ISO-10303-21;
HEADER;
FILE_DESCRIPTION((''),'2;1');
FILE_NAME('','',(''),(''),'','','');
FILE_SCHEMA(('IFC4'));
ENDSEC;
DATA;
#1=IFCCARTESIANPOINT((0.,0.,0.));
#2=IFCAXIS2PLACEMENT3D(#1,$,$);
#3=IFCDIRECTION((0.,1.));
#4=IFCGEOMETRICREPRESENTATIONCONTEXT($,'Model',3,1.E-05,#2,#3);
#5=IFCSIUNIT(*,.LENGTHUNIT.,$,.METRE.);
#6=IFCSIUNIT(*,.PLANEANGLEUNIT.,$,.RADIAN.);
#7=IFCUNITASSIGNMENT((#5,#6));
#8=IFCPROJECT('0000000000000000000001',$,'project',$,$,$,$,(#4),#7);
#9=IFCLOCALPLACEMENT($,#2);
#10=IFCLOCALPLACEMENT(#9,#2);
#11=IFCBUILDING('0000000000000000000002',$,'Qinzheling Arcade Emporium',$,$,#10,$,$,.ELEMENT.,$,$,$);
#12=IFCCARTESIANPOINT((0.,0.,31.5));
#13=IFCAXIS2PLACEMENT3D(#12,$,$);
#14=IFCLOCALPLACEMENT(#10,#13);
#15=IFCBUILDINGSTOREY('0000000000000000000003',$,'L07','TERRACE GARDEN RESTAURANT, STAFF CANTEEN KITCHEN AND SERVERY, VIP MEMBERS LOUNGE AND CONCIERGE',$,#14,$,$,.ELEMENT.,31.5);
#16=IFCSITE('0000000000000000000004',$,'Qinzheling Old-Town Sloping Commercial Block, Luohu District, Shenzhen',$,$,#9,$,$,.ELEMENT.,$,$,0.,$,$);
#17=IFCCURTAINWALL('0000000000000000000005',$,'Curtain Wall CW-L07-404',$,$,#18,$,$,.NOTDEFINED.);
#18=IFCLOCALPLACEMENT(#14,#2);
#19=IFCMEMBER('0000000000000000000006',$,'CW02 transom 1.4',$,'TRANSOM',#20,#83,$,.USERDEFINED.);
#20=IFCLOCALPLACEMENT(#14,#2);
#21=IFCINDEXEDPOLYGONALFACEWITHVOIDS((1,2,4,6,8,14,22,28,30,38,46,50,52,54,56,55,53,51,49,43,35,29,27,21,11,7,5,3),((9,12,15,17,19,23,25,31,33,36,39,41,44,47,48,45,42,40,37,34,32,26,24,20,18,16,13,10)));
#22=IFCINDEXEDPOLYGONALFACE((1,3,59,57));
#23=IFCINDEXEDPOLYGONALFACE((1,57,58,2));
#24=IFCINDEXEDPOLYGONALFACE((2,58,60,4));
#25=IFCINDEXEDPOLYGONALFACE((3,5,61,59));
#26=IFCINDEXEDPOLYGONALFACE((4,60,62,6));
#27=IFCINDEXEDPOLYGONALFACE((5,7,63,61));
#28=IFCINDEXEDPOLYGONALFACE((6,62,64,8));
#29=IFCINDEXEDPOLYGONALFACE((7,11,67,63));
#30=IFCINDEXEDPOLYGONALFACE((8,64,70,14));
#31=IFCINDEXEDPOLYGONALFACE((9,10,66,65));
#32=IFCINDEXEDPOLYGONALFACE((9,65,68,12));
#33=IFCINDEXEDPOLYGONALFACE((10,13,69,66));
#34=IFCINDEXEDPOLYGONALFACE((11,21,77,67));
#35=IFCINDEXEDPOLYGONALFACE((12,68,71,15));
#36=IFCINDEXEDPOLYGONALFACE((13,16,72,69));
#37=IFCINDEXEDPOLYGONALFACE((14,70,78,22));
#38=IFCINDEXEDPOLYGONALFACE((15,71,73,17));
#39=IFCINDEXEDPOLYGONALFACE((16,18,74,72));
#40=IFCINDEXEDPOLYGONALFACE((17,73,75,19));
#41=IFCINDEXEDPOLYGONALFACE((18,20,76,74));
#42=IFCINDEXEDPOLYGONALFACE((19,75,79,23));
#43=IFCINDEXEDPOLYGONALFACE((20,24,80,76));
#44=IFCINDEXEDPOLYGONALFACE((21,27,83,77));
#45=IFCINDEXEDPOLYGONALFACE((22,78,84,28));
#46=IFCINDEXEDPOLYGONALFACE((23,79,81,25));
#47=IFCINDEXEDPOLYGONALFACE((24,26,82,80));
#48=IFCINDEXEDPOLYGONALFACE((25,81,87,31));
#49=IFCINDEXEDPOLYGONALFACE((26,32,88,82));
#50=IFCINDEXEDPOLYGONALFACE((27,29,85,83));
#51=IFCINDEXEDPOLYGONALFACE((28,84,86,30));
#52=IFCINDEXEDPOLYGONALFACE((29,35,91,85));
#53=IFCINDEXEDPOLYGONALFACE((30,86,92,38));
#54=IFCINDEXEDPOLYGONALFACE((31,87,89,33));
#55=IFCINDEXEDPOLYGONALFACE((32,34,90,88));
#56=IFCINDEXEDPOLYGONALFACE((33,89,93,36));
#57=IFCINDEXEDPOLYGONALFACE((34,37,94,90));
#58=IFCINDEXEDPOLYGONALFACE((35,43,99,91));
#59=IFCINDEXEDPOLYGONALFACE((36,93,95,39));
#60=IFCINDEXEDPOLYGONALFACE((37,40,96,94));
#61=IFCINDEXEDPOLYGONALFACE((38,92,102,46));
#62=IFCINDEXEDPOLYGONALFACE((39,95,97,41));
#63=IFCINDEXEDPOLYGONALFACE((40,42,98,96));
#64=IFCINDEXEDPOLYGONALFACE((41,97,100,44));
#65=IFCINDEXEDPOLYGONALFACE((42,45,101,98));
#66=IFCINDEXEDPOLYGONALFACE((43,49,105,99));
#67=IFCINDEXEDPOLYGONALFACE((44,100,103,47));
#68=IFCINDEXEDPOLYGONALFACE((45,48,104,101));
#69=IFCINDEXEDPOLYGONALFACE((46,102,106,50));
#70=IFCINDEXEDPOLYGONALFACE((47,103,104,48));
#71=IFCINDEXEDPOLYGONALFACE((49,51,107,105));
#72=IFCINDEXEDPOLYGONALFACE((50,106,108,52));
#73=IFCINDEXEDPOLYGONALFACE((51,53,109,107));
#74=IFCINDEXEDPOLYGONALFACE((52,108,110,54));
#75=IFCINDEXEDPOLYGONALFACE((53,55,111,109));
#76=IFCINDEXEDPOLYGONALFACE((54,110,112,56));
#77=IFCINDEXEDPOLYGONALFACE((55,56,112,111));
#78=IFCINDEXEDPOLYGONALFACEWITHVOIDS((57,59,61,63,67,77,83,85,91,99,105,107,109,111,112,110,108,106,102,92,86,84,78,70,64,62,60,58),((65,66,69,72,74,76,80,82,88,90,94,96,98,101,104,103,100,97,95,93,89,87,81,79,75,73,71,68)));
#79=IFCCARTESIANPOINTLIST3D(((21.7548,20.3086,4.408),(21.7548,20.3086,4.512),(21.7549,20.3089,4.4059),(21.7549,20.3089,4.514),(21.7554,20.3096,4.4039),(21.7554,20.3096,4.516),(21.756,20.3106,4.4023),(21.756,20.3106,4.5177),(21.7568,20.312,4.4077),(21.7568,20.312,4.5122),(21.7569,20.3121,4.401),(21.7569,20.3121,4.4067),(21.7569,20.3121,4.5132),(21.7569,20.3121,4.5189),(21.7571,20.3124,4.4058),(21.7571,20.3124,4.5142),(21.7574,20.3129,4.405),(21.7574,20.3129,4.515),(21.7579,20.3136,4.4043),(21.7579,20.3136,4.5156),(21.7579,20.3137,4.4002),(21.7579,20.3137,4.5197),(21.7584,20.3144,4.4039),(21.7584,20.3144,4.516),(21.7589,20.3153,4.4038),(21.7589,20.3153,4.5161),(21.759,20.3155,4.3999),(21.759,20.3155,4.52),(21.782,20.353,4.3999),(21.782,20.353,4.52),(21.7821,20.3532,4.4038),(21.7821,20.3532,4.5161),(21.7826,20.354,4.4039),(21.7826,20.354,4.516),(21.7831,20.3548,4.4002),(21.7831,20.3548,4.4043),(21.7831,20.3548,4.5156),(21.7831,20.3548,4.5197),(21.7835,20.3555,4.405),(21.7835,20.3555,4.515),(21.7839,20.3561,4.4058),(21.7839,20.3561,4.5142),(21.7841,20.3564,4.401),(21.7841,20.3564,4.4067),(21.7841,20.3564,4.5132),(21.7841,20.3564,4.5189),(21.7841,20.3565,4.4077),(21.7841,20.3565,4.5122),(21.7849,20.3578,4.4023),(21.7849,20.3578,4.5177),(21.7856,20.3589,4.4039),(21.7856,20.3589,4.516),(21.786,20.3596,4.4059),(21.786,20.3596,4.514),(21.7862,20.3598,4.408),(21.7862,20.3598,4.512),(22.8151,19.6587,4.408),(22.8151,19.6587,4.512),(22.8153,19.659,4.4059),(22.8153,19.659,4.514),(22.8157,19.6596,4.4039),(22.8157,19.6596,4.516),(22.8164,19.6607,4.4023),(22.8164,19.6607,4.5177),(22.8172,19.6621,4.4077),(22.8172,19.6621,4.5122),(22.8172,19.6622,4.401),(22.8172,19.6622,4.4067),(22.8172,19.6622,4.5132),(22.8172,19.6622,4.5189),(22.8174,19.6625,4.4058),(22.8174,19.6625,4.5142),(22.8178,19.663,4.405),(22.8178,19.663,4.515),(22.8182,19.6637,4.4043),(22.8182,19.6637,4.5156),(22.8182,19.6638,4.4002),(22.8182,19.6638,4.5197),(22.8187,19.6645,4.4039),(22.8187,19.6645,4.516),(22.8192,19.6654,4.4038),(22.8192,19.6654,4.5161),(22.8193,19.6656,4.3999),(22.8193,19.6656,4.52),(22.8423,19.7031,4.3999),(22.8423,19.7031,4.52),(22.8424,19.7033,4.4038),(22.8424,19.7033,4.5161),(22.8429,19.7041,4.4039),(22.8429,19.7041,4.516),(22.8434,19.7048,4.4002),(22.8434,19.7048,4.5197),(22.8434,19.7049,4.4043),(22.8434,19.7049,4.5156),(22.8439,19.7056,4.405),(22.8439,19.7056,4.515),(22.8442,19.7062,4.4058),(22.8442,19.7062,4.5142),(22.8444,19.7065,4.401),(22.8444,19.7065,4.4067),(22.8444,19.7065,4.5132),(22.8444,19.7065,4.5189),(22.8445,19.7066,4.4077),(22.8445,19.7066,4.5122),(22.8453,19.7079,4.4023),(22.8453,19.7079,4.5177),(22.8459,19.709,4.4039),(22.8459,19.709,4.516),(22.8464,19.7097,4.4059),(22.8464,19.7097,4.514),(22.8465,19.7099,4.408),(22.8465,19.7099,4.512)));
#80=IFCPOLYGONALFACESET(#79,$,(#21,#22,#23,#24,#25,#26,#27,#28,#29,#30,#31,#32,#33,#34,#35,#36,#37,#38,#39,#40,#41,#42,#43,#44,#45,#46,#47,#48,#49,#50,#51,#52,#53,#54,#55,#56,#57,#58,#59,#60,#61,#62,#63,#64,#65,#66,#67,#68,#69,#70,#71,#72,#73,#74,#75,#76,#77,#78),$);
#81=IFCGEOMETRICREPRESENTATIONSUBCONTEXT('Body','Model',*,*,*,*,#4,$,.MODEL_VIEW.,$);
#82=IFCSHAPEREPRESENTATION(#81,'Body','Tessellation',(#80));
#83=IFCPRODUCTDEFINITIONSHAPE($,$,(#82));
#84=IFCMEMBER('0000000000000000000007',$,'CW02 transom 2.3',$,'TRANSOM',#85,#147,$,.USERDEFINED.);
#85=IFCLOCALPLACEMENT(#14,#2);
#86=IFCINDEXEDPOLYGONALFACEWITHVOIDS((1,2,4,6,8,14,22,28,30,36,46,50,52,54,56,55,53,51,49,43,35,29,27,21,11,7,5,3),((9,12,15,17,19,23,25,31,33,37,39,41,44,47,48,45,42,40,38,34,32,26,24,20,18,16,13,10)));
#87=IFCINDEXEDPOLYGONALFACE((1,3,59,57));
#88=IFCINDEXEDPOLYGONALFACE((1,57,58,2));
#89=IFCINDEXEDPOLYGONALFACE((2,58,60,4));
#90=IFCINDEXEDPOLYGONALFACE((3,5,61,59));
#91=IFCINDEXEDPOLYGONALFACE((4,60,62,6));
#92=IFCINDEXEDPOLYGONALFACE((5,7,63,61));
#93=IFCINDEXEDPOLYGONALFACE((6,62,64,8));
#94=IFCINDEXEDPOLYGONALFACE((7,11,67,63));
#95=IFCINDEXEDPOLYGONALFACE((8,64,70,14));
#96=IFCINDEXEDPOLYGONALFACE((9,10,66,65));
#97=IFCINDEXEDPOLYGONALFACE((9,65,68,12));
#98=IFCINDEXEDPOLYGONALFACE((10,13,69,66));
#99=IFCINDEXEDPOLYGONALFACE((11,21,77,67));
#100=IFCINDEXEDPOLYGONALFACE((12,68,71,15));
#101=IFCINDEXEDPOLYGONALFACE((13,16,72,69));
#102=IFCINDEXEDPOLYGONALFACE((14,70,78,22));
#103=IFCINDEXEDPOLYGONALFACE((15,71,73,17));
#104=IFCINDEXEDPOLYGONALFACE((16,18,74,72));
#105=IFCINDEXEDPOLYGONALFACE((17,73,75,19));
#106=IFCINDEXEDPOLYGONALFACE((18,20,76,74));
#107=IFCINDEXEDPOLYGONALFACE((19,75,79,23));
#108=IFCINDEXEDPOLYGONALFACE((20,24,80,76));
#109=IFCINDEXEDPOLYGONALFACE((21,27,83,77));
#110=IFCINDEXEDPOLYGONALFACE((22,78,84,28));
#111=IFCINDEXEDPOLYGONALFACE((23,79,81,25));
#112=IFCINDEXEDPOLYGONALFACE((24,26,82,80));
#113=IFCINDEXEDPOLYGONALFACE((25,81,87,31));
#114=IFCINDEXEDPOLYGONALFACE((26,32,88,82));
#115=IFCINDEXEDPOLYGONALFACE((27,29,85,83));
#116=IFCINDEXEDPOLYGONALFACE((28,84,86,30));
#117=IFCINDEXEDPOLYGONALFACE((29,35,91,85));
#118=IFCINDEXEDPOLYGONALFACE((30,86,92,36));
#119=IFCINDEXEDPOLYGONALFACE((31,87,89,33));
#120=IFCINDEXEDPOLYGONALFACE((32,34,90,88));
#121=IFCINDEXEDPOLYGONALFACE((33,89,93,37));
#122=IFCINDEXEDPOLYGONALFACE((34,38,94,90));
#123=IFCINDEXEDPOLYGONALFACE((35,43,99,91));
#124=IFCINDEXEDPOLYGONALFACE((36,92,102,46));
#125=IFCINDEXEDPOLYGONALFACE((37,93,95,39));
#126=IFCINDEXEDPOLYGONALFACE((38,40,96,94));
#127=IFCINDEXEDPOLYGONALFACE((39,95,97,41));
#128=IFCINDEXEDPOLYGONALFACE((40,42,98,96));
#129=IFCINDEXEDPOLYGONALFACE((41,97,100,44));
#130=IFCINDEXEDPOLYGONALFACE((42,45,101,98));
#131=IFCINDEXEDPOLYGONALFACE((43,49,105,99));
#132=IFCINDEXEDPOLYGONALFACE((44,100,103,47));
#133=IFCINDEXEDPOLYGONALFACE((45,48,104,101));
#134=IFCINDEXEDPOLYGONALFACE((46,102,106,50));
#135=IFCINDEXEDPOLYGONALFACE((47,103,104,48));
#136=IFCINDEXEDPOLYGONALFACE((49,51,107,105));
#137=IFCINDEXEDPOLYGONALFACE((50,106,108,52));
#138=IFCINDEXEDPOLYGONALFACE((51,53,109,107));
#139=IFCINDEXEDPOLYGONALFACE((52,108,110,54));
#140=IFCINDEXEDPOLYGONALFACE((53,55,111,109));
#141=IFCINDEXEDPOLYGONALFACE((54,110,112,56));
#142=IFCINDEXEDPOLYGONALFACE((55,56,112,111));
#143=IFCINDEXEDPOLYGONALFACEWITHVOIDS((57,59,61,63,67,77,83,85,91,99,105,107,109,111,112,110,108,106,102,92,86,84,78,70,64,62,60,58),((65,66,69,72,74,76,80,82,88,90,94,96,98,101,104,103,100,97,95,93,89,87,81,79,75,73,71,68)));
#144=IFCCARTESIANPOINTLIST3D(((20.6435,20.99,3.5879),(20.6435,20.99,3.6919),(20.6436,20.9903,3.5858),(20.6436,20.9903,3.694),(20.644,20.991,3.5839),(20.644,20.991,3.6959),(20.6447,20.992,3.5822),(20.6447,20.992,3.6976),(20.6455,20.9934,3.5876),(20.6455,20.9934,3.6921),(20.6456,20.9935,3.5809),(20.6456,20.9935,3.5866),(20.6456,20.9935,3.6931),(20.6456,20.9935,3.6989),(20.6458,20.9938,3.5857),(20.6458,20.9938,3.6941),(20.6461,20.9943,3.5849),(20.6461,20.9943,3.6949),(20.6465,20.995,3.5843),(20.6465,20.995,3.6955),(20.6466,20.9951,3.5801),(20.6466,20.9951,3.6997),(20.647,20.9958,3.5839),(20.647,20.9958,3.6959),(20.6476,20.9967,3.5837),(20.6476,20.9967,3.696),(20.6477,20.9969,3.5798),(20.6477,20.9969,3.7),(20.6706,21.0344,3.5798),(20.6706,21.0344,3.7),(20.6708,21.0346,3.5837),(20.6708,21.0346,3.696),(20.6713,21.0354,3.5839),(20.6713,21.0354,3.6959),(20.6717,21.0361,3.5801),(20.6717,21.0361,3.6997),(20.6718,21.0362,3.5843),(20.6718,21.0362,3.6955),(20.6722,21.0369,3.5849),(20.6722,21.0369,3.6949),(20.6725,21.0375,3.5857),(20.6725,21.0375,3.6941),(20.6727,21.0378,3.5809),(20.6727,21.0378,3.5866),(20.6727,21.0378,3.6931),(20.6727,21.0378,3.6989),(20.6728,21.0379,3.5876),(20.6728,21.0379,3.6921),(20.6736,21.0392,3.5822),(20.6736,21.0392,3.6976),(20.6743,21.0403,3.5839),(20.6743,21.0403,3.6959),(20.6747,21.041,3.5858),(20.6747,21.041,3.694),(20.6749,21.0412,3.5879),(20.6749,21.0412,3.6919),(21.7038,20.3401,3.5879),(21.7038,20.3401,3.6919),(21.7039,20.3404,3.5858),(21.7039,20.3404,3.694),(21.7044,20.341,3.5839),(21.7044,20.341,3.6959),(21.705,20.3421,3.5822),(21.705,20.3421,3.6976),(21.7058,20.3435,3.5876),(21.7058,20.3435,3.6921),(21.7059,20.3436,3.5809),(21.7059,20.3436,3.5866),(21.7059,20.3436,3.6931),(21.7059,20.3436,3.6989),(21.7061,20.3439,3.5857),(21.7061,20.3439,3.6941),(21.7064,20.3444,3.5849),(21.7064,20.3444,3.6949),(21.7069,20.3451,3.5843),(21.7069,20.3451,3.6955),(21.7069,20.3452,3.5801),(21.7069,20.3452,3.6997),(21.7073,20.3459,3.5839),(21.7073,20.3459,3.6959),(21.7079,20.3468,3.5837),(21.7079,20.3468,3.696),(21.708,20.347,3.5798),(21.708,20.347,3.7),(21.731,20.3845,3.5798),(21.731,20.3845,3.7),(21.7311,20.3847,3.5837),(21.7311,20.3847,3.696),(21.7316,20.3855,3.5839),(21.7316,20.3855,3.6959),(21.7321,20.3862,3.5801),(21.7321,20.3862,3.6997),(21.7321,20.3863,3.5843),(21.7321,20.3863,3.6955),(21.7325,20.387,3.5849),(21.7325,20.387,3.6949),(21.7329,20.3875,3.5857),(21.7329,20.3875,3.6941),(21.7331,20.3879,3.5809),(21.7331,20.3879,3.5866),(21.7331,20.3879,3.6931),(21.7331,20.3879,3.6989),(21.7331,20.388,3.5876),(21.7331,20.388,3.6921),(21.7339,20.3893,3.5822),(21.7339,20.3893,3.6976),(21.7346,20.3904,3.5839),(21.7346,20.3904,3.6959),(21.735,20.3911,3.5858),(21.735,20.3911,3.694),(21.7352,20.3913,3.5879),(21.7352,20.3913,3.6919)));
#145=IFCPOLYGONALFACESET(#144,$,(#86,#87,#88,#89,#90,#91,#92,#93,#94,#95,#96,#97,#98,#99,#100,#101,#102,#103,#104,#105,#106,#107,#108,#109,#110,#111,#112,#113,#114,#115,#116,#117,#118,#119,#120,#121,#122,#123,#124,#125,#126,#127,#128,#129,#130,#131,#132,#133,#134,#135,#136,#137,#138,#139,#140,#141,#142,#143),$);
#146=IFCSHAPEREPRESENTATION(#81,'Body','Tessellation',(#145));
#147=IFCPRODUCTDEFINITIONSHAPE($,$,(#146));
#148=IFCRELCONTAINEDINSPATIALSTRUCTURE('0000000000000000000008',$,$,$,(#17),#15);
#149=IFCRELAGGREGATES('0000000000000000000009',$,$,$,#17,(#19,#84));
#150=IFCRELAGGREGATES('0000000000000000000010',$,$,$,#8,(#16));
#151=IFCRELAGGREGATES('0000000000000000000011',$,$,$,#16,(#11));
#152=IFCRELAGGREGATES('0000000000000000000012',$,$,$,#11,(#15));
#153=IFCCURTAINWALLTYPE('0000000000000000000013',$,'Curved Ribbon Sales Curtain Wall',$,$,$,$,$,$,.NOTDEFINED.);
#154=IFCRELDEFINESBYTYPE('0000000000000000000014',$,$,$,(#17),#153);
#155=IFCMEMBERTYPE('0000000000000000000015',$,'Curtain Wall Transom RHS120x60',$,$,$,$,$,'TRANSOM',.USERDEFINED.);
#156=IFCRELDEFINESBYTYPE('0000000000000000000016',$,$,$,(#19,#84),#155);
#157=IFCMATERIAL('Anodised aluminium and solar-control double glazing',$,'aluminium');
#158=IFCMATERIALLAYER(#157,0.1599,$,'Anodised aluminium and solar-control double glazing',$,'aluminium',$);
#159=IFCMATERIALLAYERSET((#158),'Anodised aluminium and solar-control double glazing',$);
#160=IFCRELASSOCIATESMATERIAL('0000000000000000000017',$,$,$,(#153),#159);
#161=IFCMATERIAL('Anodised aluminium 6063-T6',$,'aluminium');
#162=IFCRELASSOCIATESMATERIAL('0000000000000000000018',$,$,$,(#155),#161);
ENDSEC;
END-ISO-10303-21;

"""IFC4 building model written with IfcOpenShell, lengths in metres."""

from ifc_helpers import new_model, si_unit, direction, frame, origin, origin_2d, place, context, subcontext, project, spatial, hollow_rectangle, extrude, material, layer, layer_set, material_profile, profile_set, type_object, element, aggregate, save


model = new_model("IFC4")

# Units and contexts
model_context = context("Model", 3, precision=1e-05, world=origin(), true_north=direction((0.0, 1.0)))
body_context = subcontext(model_context, "Body", "Model", "MODEL_VIEW")
ifc_project = project(units=[si_unit("LENGTHUNIT", "METRE"), si_unit("PLANEANGLEUNIT", "RADIAN")], contexts=[model_context])

# Site, building, storey
site_placement = place(None, origin())
site = spatial("IfcSite", under=ifc_project, at=site_placement, Name="Qinzheling Old-Town Sloping Commercial Block, Luohu District, Shenzhen", CompositionType="ELEMENT", RefElevation=0.0)
building_placement = place(site_placement, origin())
building = spatial("IfcBuilding", under=site, at=building_placement, Name="Qinzheling Arcade Emporium", CompositionType="ELEMENT")
storey_placement = place(building_placement, frame((0.0, 0.0, 31.5)))
storey = spatial("IfcBuildingStorey", under=building, at=storey_placement, Name="L07", Description="TERRACE GARDEN RESTAURANT, STAFF CANTEEN KITCHEN AND SERVERY, VIP MEMBERS LOUNGE AND CONCIERGE", CompositionType="ELEMENT", Elevation=31.5)

# Curtain wall
ifc_material_1 = material(Name="Anodised aluminium and solar-control double glazing", Category="aluminium")
ifc_layer_1 = layer(ifc_material_1, 0.1599, Name="Anodised aluminium and solar-control double glazing", Category="aluminium")
ifc_layer_set_1 = layer_set([ifc_layer_1], Name="Anodised aluminium and solar-control double glazing")
curtain_wall_type = type_object("IfcCurtainWallType", Name="Curved Ribbon Sales Curtain Wall", PredefinedType="NOTDEFINED", material=ifc_layer_set_1)
ifc_material_2 = material(Name="Anodised aluminium 6063-T6", Category="aluminium")
curtain_wall_1_placement = place(storey_placement, origin())
curtain_wall_1 = element("IfcCurtainWall", 1, at=curtain_wall_1_placement, inside=storey, type_object=curtain_wall_type, Name="Curtain Wall CW-L07-404", PredefinedType="NOTDEFINED")

# Members
ifc_material_profile_1 = material_profile(ifc_material_2, hollow_rectangle(XDim=0.0601, YDim=0.1201, WallThickness=0.0039, InnerFilletRadius=0.0039, OuterFilletRadius=0.0081, at=origin_2d()), Name="RHS 120x60x4", Category="aluminium")
ifc_profile_set_1 = profile_set([ifc_material_profile_1], Name="Anodised aluminium 6063-T6")
member_type_1 = type_object("IfcMemberType", Name="Curtain Wall Transom RHS120x60", ElementType="TRANSOM", PredefinedType="USERDEFINED", material=ifc_profile_set_1)
member_1_placement = place(storey_placement, frame((22.8308, 19.6843, 4.46), z_axis=(-0.852587, 0.522585, 0.0), x_axis=(-0.522585, -0.852587, 0.0)))
member_1 = element("IfcMember", 2, at=member_1_placement, type_object=member_type_1, Name="CW02 transom 1.4", ObjectType="TRANSOM", PredefinedType="USERDEFINED", context=body_context, shape_type="SweptSolid", body=[
    extrude(hollow_rectangle(XDim=0.0601, YDim=0.1201, WallThickness=0.0039, InnerFilletRadius=0.0039, OuterFilletRadius=0.0081, at=origin_2d()), origin(), (0.0, 0.0, 1.0), 1.2437),
])
member_2_placement = place(storey_placement, frame((21.7195, 20.3657, 3.6399), z_axis=(-0.852587, 0.522585, 0.0), x_axis=(-0.522585, -0.852587, 0.0)))
member_2 = element("IfcMember", 3, at=member_2_placement, type_object=member_type_1, Name="CW02 transom 2.3", ObjectType="TRANSOM", PredefinedType="USERDEFINED", context=body_context, shape_type="SweptSolid", body=[
    extrude(hollow_rectangle(XDim=0.0601, YDim=0.1201, WallThickness=0.0039, InnerFilletRadius=0.0039, OuterFilletRadius=0.0081, at=origin_2d()), origin(), (0.0, 0.0, 1.0), 1.2437),
])

aggregate(curtain_wall_1, [member_1, member_2])

save(model, "model.ifc")
